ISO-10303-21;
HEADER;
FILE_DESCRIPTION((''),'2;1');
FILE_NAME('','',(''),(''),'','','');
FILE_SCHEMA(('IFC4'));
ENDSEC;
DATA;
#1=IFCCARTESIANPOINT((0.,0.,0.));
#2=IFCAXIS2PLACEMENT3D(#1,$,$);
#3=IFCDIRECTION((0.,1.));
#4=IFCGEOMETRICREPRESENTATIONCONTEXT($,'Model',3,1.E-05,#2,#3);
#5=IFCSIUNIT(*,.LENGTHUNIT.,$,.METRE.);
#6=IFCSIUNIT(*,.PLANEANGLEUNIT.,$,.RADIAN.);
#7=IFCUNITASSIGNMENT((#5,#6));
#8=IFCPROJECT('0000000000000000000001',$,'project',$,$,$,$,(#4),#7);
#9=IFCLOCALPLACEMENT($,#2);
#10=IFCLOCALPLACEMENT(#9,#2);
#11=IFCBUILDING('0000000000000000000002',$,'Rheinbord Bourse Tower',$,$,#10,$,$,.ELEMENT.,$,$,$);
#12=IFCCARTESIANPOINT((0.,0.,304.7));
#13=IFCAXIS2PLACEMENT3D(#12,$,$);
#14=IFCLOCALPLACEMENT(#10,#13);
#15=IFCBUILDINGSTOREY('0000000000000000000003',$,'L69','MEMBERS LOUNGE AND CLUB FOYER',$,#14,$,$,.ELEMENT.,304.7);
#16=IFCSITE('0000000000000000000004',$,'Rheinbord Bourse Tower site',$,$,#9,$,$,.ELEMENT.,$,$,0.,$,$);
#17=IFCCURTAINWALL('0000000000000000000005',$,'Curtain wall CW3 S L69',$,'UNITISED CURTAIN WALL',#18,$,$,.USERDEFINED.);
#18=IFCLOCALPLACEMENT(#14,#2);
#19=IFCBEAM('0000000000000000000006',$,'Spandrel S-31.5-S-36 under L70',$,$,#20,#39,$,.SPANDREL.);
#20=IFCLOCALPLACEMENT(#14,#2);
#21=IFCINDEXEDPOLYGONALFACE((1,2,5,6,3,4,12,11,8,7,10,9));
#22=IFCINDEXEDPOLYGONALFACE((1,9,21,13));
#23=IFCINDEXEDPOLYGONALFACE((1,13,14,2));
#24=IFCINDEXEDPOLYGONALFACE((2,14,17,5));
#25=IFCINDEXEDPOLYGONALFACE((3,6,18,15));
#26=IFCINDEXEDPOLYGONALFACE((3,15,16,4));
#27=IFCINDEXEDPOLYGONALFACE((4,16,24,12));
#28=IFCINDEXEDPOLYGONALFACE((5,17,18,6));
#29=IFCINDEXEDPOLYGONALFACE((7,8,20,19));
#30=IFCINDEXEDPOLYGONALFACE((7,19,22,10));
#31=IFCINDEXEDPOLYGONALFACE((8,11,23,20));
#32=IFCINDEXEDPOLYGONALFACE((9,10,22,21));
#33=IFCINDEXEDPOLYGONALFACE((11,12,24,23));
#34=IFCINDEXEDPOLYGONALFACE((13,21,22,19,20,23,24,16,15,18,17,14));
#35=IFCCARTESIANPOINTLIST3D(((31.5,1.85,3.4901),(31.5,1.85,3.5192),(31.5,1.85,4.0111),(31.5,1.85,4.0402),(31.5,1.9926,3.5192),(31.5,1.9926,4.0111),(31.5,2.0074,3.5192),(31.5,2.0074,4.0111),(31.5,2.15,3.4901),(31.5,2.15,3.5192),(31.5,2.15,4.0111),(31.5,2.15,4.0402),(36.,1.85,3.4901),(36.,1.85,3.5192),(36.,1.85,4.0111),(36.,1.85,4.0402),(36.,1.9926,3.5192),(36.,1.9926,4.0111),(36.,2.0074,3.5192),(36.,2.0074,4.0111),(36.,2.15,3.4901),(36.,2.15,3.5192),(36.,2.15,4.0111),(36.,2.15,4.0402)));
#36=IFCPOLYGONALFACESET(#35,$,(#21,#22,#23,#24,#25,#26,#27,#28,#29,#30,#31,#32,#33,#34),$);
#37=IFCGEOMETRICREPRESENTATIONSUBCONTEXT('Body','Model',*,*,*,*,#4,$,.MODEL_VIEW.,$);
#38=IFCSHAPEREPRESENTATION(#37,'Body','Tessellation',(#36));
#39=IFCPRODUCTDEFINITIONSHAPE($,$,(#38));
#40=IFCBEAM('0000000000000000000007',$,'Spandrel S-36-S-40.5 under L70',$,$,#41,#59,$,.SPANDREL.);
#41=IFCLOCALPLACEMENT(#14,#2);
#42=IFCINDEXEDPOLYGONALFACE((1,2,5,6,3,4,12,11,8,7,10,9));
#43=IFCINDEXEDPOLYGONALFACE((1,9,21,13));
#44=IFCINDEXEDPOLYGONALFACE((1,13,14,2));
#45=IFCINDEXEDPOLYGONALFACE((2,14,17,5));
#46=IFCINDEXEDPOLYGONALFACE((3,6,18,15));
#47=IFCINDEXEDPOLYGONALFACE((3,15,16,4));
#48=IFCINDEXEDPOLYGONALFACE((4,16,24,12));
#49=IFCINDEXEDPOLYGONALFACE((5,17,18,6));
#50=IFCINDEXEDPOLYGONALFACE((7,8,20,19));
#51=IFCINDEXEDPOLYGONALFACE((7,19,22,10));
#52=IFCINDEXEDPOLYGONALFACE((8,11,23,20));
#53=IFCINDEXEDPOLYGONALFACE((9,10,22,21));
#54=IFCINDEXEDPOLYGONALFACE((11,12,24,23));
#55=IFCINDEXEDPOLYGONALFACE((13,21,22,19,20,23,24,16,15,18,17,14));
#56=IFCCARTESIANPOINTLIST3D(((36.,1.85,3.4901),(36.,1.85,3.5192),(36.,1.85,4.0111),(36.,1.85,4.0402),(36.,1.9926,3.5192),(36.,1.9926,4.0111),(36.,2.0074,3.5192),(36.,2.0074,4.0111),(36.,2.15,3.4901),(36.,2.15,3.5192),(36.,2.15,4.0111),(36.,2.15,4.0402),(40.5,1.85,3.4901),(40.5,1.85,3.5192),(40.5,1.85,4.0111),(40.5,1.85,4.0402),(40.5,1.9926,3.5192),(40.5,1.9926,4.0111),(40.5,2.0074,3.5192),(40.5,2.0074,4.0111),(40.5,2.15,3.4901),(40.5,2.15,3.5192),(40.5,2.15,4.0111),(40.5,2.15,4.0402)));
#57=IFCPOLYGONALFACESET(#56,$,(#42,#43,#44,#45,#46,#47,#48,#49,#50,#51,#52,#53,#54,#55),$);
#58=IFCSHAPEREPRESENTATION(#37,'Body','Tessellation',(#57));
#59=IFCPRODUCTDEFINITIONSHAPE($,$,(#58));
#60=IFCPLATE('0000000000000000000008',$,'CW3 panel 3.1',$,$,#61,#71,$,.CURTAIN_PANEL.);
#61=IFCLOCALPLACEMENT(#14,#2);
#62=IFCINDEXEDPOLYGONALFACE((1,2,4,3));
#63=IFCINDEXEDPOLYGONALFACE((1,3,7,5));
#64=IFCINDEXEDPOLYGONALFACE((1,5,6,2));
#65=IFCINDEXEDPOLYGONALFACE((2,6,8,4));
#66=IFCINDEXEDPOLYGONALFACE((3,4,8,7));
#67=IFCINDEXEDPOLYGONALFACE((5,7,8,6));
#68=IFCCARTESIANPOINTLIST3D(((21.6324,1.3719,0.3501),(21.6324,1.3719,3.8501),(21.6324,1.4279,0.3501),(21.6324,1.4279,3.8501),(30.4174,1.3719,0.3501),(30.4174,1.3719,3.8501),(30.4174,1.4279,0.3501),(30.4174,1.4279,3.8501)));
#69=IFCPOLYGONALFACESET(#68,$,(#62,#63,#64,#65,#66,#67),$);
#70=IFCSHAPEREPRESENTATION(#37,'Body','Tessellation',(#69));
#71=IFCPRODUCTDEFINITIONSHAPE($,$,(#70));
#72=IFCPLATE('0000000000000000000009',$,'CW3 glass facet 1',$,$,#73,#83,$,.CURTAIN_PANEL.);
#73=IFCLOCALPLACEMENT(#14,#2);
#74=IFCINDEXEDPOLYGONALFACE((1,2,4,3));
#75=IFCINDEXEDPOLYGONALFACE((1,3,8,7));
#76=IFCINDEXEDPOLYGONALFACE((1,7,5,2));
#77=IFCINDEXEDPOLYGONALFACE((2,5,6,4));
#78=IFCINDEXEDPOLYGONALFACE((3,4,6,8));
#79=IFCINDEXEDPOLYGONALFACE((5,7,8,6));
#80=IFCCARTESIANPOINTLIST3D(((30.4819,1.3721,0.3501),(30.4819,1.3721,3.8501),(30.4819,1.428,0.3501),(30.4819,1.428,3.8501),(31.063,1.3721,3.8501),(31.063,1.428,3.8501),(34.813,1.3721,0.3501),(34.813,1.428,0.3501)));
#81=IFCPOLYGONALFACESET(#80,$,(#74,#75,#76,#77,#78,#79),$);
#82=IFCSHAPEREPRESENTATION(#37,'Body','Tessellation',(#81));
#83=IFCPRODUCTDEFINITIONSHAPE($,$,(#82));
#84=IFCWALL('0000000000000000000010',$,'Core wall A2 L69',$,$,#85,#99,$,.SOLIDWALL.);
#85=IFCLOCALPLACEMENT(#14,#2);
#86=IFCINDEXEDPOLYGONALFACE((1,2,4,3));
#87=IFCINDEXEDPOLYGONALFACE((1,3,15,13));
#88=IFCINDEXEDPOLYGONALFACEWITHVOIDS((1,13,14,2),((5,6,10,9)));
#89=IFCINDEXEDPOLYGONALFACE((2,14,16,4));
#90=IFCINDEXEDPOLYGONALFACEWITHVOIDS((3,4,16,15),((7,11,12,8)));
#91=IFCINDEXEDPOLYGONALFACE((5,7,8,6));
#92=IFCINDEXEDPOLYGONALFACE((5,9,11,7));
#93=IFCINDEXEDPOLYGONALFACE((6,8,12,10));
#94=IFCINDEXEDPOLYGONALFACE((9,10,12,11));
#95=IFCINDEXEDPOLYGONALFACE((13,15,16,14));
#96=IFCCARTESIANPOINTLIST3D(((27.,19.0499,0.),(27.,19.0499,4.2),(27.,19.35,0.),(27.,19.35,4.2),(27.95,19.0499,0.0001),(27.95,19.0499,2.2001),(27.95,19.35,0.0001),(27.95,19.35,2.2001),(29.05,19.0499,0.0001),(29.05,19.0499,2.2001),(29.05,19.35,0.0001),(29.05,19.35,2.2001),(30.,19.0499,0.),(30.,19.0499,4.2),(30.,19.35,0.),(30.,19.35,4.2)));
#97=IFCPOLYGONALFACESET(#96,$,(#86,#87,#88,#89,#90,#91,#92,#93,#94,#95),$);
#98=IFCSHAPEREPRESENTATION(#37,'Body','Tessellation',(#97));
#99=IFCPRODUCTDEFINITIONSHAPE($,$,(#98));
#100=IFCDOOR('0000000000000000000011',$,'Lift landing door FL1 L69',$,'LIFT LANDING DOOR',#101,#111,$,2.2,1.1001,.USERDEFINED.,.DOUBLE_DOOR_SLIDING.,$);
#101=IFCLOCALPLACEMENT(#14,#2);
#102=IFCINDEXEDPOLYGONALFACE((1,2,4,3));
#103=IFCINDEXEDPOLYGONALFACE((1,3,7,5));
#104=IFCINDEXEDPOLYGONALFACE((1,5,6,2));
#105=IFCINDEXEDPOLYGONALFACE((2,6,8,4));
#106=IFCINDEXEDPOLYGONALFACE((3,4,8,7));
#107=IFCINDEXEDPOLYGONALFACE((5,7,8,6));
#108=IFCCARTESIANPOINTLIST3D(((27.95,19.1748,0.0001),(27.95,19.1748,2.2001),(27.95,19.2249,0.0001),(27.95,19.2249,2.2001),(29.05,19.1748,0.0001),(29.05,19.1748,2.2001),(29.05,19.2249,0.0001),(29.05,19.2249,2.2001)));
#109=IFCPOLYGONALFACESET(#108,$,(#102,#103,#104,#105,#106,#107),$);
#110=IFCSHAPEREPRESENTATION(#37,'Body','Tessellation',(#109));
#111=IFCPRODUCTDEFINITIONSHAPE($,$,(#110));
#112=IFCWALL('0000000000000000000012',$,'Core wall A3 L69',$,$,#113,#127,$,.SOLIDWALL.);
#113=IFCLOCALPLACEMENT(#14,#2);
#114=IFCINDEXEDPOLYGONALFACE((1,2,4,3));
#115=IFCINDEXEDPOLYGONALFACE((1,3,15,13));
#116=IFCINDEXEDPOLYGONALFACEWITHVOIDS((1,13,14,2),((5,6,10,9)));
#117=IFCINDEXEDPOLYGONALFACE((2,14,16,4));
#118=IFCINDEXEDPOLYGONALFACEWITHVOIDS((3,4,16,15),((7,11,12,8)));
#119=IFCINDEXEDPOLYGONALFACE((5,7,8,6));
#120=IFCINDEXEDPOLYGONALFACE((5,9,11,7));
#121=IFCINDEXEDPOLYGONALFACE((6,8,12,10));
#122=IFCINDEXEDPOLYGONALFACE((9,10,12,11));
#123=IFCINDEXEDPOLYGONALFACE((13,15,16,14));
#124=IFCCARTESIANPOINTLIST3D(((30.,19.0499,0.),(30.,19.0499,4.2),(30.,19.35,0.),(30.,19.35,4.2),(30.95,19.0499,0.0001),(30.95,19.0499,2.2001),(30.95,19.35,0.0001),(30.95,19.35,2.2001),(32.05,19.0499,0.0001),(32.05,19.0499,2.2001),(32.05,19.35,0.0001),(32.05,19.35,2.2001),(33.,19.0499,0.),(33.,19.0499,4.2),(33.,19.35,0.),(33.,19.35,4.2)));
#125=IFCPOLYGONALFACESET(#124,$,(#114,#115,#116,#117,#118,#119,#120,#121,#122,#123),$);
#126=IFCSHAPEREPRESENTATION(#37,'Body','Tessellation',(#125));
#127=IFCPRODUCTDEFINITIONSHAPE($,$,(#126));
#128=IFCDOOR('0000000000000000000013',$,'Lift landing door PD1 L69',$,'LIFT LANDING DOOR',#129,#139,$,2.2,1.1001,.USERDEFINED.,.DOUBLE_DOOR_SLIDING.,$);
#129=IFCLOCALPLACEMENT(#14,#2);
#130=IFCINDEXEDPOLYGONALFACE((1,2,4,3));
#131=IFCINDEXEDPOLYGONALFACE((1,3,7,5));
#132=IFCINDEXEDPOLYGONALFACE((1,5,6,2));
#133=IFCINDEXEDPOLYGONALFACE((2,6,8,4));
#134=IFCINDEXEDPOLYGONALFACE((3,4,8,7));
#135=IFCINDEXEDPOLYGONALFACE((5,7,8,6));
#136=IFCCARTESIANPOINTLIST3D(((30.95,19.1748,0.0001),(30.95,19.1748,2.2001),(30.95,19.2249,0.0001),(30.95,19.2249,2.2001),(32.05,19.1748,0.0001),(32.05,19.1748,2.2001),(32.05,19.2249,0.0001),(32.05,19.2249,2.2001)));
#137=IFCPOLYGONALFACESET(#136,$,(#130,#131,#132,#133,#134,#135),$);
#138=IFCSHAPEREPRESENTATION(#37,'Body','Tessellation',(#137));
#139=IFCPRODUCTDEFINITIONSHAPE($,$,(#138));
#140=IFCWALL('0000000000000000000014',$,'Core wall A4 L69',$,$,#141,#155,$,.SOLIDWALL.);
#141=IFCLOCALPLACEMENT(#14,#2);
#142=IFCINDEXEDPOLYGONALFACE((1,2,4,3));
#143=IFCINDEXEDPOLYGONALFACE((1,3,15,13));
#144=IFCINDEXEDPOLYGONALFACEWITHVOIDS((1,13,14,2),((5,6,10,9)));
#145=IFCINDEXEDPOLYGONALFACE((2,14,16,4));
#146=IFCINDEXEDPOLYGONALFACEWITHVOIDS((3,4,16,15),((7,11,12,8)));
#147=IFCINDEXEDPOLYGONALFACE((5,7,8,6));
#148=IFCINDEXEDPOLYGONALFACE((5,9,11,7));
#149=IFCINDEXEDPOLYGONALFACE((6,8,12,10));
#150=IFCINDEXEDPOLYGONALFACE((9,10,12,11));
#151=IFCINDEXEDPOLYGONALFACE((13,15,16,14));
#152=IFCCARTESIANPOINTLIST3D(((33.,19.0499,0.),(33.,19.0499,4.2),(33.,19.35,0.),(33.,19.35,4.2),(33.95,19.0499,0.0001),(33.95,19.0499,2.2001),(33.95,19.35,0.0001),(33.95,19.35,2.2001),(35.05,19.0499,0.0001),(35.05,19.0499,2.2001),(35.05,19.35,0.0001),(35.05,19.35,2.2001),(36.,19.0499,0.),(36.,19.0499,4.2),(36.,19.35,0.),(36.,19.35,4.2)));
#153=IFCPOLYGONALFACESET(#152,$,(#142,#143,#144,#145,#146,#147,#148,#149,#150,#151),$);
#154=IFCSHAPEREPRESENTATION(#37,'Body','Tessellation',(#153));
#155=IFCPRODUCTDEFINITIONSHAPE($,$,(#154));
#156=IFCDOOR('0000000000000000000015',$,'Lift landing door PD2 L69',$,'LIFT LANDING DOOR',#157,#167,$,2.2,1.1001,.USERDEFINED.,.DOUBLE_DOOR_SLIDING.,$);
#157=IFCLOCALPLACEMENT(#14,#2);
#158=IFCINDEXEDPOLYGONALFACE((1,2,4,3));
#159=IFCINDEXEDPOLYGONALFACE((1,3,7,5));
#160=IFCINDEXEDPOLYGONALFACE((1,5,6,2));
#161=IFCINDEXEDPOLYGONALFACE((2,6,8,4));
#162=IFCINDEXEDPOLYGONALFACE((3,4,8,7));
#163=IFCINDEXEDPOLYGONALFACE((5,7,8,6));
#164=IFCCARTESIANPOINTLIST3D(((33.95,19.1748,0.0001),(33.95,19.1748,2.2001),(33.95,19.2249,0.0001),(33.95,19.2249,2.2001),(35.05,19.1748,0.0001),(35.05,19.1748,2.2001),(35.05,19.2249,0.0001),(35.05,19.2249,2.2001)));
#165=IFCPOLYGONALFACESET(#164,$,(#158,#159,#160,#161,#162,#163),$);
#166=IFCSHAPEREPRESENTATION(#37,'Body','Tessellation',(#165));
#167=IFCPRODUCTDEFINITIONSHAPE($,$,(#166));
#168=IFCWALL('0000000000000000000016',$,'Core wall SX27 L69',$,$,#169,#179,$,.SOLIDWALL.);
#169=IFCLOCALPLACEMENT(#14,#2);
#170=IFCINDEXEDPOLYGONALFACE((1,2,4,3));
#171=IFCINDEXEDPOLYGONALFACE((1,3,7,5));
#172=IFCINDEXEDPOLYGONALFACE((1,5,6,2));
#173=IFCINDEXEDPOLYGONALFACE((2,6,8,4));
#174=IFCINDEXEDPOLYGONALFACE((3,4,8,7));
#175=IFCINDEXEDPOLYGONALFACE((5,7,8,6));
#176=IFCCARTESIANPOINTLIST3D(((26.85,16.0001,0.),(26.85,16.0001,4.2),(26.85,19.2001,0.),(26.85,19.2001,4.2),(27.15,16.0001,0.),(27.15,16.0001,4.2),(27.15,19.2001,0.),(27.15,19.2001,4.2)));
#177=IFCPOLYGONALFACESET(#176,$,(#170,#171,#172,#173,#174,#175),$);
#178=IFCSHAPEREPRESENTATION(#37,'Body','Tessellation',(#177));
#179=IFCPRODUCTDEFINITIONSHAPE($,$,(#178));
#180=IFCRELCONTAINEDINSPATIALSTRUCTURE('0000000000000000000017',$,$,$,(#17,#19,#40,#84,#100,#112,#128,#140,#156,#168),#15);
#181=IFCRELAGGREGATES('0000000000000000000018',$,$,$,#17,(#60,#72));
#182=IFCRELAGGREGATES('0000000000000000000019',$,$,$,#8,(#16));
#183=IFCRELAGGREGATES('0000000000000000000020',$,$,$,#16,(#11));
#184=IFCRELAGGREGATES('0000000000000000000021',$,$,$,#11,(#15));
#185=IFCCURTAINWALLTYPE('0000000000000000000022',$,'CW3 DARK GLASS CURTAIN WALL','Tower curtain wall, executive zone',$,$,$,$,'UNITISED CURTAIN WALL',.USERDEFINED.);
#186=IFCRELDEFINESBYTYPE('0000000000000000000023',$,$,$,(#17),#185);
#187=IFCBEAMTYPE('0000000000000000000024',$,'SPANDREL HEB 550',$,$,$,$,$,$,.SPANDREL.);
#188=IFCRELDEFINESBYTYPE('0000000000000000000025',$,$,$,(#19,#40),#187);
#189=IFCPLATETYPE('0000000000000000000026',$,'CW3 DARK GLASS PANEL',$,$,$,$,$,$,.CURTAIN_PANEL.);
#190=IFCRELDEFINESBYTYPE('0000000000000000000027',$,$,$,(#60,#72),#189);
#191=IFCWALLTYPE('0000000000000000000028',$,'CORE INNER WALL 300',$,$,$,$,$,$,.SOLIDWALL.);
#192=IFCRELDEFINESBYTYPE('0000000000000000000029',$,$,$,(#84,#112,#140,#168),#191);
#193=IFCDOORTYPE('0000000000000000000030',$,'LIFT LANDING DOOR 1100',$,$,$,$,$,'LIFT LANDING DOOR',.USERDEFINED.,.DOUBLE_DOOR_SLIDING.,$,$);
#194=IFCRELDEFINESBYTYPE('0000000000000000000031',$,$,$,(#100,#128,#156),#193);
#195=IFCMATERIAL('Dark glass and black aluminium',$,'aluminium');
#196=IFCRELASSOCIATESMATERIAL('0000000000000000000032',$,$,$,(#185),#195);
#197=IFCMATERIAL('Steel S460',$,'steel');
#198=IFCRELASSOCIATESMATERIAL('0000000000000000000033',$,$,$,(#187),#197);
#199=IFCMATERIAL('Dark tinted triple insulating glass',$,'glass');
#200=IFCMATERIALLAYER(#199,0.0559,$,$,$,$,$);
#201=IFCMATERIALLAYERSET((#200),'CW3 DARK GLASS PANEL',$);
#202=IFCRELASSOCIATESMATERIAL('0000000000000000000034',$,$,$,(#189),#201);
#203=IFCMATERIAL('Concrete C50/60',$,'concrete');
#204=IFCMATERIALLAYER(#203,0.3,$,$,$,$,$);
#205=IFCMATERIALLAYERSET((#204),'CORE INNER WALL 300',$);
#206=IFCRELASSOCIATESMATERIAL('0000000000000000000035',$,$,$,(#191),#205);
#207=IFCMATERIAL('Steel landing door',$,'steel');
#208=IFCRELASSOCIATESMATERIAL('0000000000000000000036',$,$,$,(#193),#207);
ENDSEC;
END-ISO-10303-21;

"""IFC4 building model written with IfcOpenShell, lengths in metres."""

from ifc_helpers import new_model, si_unit, direction, frame, frame_2d, origin, origin_2d, place, context, subcontext, project, spatial, polyline, rectangle, i_section, outline, extrude, material, layer, layer_set, material_profile, profile_set, type_object, element, fill, aggregate, save


model = new_model("IFC4")

# Units and contexts
model_context = context("Model", 3, precision=1e-05, world=origin(), true_north=direction((0.0, 1.0)))
body_context = subcontext(model_context, "Body", "Model", "MODEL_VIEW")
ifc_project = project(units=[si_unit("LENGTHUNIT", "METRE"), si_unit("PLANEANGLEUNIT", "RADIAN")], contexts=[model_context])

# Site, building, storey
site_placement = place(None, origin())
site = spatial("IfcSite", under=ifc_project, at=site_placement, Name="Rheinbord Bourse Tower site", CompositionType="ELEMENT", RefElevation=0.0)
building_placement = place(site_placement, origin())
building = spatial("IfcBuilding", under=site, at=building_placement, Name="Rheinbord Bourse Tower", CompositionType="ELEMENT")
storey_placement = place(building_placement, frame((0.0, 0.0, 304.7)))
storey = spatial("IfcBuildingStorey", under=building, at=storey_placement, Name="L69", Description="MEMBERS LOUNGE AND CLUB FOYER", CompositionType="ELEMENT", Elevation=304.7)

# Curtain wall
ifc_material_1 = material(Name="Dark glass and black aluminium", Category="aluminium")
curtain_wall_type = type_object("IfcCurtainWallType", Name="CW3 DARK GLASS CURTAIN WALL", Description="Tower curtain wall, executive zone", ElementType="UNITISED CURTAIN WALL", PredefinedType="USERDEFINED", material=ifc_material_1)
curtain_wall_placement = place(storey_placement, origin())
curtain_wall = element("IfcCurtainWall", 1, at=curtain_wall_placement, inside=storey, type_object=curtain_wall_type, Name="Curtain wall CW3 S L69", ObjectType="UNITISED CURTAIN WALL", PredefinedType="USERDEFINED")

# Beams
ifc_material_2 = material(Name="Steel S460", Category="steel")
ifc_material_profile_1 = material_profile(ifc_material_2, i_section(OverallWidth=0.3, OverallDepth=0.55, WebThickness=0.0149, FlangeThickness=0.0291, at=origin_2d()), Name="HEB 550")
ifc_profile_set_1 = profile_set([ifc_material_profile_1], Name="Steel S460")
beam_type_1 = type_object("IfcBeamType", Name="SPANDREL HEB 550", PredefinedType="SPANDREL", material=ifc_profile_set_1)
for number, where, z_axis, x_axis, name in (
    (2, (31.5, 2.0, 3.7651), (1.0, 0.0, 0.0), (0.0, 1.0, 0.0), "Spandrel S-31.5-S-36 under L70"),
    (3, (36.0, 2.0, 3.7651), (1.0, 0.0, 0.0), (0.0, 1.0, 0.0), "Spandrel S-36-S-40.5 under L70"),
):
    element("IfcBeam", number, at=place(storey_placement, frame(where, z_axis=z_axis, x_axis=x_axis)), inside=storey, type_object=beam_type_1, Name=name, PredefinedType="SPANDREL", context=body_context, shape_type="SweptSolid", body=[
        extrude(i_section(OverallWidth=0.3, OverallDepth=0.55, WebThickness=0.0149, FlangeThickness=0.0291, at=origin_2d()), origin(), (0.0, 0.0, 1.0), 4.5),
    ])

# Plates
ifc_material_3 = material(Name="Dark tinted triple insulating glass", Category="glass")
ifc_layer_1 = layer(ifc_material_3, 0.0559)
ifc_layer_set_1 = layer_set([ifc_layer_1], Name="CW3 DARK GLASS PANEL")
plate_type = type_object("IfcPlateType", Name="CW3 DARK GLASS PANEL", PredefinedType="CURTAIN_PANEL", material=ifc_layer_set_1)
plate_1_placement = place(storey_placement, frame((26.0249, 1.3999, 0.3501), z_axis=(0.0, 0.0, 1.0), x_axis=(1.0, 0.0, 0.0)))
plate_1 = element("IfcPlate", 4, at=plate_1_placement, type_object=plate_type, Name="CW3 panel 3.1", PredefinedType="CURTAIN_PANEL", context=body_context, shape_type="SweptSolid", body=[
    extrude(rectangle(XDim=8.7849, YDim=0.0559, at=origin_2d()), origin(), (0.0, 0.0, 1.0), 3.5),
])
plate_2_placement = place(storey_placement, frame((30.4819, 1.3721, 0.3501), z_axis=(0.0, 1.0, 0.0), x_axis=(0.0, 0.0, 1.0)))
plate_2 = element("IfcPlate", 5, at=plate_2_placement, type_object=plate_type, Name="CW3 glass facet 1", PredefinedType="CURTAIN_PANEL", context=body_context, shape_type="SweptSolid", body=[
    extrude(outline(polyline([(0.0, 0.0), (3.5, 0.0), (3.5, 0.5811), (0.0, 4.3311), (0.0, 0.0)])), origin(), (0.0, 0.0, 1.0), 0.0559),
])
aggregate(curtain_wall, [plate_1, plate_2])

# Walls, openings, doors
ifc_material_4 = material(Name="Concrete C50/60", Category="concrete")
ifc_layer_2 = layer(ifc_material_4, 0.3)
ifc_layer_set_2 = layer_set([ifc_layer_2], Name="CORE INNER WALL 300")
wall_type_1 = type_object("IfcWallType", Name="CORE INNER WALL 300", PredefinedType="SOLIDWALL", material=ifc_layer_set_2)
wall_1_placement = place(storey_placement, frame((27.0, 19.2, 0.0), z_axis=(0.0, 0.0, 1.0), x_axis=(1.0, 0.0, 0.0)))
wall_1 = element("IfcWall", 6, at=wall_1_placement, inside=storey, type_object=wall_type_1, Name="Core wall A2 L69", PredefinedType="SOLIDWALL", context=body_context, shape_type="SweptSolid", body=[
    extrude(rectangle(XDim=3.0, YDim=0.3, at=frame_2d((1.5, 0.0))), origin(), (0.0, 0.0, 1.0), 4.2),
])
opening_1_placement = place(wall_1_placement, frame((0.95, 0.0, 0.0)))
opening_1 = element("IfcOpeningElement", 7, at=opening_1_placement, cuts=wall_1, PredefinedType="OPENING", context=body_context, shape_type="SweptSolid", body=[
    extrude(rectangle(XDim=1.1001, YDim=2.2, at=frame_2d((0.55, 1.1001))), frame((0.0, 0.1599, 0.0), z_axis=(0.0, -1.0, 0.0), x_axis=(1.0, 0.0, 0.0)), (0.0, 0.0, 1.0), 0.3201),
])
ifc_material_5 = material(Name="Steel landing door", Category="steel")
door_type_1 = type_object("IfcDoorType", Name="LIFT LANDING DOOR 1100", ElementType="LIFT LANDING DOOR", OperationType="DOUBLE_DOOR_SLIDING", PredefinedType="USERDEFINED", material=ifc_material_5)
door_1_placement = place(opening_1_placement, origin())
door_1 = element("IfcDoor", 8, at=door_1_placement, inside=storey, type_object=door_type_1, Name="Lift landing door FL1 L69", ObjectType="LIFT LANDING DOOR", OperationType="DOUBLE_DOOR_SLIDING", OverallHeight=2.2, OverallWidth=1.1001, PredefinedType="USERDEFINED", context=body_context, shape_type="SweptSolid", body=[
    extrude(rectangle(XDim=1.1001, YDim=2.2, at=frame_2d((0.55, 1.1001))), frame((0.0, 0.0249, 0.0), z_axis=(0.0, -1.0, 0.0), x_axis=(1.0, 0.0, 0.0)), (0.0, 0.0, 1.0), 0.05),
])
fill(opening_1, door_1)
wall_2_placement = place(storey_placement, frame((30.0, 19.2, 0.0), z_axis=(0.0, 0.0, 1.0), x_axis=(1.0, 0.0, 0.0)))
wall_2 = element("IfcWall", 9, at=wall_2_placement, inside=storey, type_object=wall_type_1, Name="Core wall A3 L69", PredefinedType="SOLIDWALL", context=body_context, shape_type="SweptSolid", body=[
    extrude(rectangle(XDim=3.0, YDim=0.3, at=frame_2d((1.5, 0.0))), origin(), (0.0, 0.0, 1.0), 4.2),
])
opening_2_placement = place(wall_2_placement, frame((0.95, 0.0, 0.0)))
opening_2 = element("IfcOpeningElement", 10, at=opening_2_placement, cuts=wall_2, PredefinedType="OPENING", context=body_context, shape_type="SweptSolid", body=[
    extrude(rectangle(XDim=1.1001, YDim=2.2, at=frame_2d((0.55, 1.1001))), frame((0.0, 0.1599, 0.0), z_axis=(0.0, -1.0, 0.0), x_axis=(1.0, 0.0, 0.0)), (0.0, 0.0, 1.0), 0.3201),
])
door_2_placement = place(opening_2_placement, origin())
door_2 = element("IfcDoor", 11, at=door_2_placement, inside=storey, type_object=door_type_1, Name="Lift landing door PD1 L69", ObjectType="LIFT LANDING DOOR", OperationType="DOUBLE_DOOR_SLIDING", OverallHeight=2.2, OverallWidth=1.1001, PredefinedType="USERDEFINED", context=body_context, shape_type="SweptSolid", body=[
    extrude(rectangle(XDim=1.1001, YDim=2.2, at=frame_2d((0.55, 1.1001))), frame((0.0, 0.0249, 0.0), z_axis=(0.0, -1.0, 0.0), x_axis=(1.0, 0.0, 0.0)), (0.0, 0.0, 1.0), 0.05),
])
fill(opening_2, door_2)
wall_3_placement = place(storey_placement, frame((33.0, 19.2, 0.0), z_axis=(0.0, 0.0, 1.0), x_axis=(1.0, 0.0, 0.0)))
wall_3 = element("IfcWall", 12, at=wall_3_placement, inside=storey, type_object=wall_type_1, Name="Core wall A4 L69", PredefinedType="SOLIDWALL", context=body_context, shape_type="SweptSolid", body=[
    extrude(rectangle(XDim=3.0, YDim=0.3, at=frame_2d((1.5, 0.0))), origin(), (0.0, 0.0, 1.0), 4.2),
])
opening_3_placement = place(wall_3_placement, frame((0.95, 0.0, 0.0)))
opening_3 = element("IfcOpeningElement", 13, at=opening_3_placement, cuts=wall_3, PredefinedType="OPENING", context=body_context, shape_type="SweptSolid", body=[
    extrude(rectangle(XDim=1.1001, YDim=2.2, at=frame_2d((0.55, 1.1001))), frame((0.0, 0.1599, 0.0), z_axis=(0.0, -1.0, 0.0), x_axis=(1.0, 0.0, 0.0)), (0.0, 0.0, 1.0), 0.3201),
])
door_3_placement = place(opening_3_placement, origin())
door_3 = element("IfcDoor", 14, at=door_3_placement, inside=storey, type_object=door_type_1, Name="Lift landing door PD2 L69", ObjectType="LIFT LANDING DOOR", OperationType="DOUBLE_DOOR_SLIDING", OverallHeight=2.2, OverallWidth=1.1001, PredefinedType="USERDEFINED", context=body_context, shape_type="SweptSolid", body=[
    extrude(rectangle(XDim=1.1001, YDim=2.2, at=frame_2d((0.55, 1.1001))), frame((0.0, 0.0249, 0.0), z_axis=(0.0, -1.0, 0.0), x_axis=(1.0, 0.0, 0.0)), (0.0, 0.0, 1.0), 0.05),
])
fill(opening_3, door_3)

# Wall
for number, where, z_axis, x_axis, name in (
    (15, (27.0, 16.0, 0.0), (0.0, 0.0, 1.0), (0.0, 1.0, 0.0), "Core wall SX27 L69"),
):
    element("IfcWall", number, at=place(storey_placement, frame(where, z_axis=z_axis, x_axis=x_axis)), inside=storey, type_object=wall_type_1, Name=name, PredefinedType="SOLIDWALL", context=body_context, shape_type="SweptSolid", body=[
        extrude(rectangle(XDim=3.2, YDim=0.3, at=frame_2d((1.6001, 0.0))), origin(), (0.0, 0.0, 1.0), 4.2),
    ])

save(model, "model.ifc")
